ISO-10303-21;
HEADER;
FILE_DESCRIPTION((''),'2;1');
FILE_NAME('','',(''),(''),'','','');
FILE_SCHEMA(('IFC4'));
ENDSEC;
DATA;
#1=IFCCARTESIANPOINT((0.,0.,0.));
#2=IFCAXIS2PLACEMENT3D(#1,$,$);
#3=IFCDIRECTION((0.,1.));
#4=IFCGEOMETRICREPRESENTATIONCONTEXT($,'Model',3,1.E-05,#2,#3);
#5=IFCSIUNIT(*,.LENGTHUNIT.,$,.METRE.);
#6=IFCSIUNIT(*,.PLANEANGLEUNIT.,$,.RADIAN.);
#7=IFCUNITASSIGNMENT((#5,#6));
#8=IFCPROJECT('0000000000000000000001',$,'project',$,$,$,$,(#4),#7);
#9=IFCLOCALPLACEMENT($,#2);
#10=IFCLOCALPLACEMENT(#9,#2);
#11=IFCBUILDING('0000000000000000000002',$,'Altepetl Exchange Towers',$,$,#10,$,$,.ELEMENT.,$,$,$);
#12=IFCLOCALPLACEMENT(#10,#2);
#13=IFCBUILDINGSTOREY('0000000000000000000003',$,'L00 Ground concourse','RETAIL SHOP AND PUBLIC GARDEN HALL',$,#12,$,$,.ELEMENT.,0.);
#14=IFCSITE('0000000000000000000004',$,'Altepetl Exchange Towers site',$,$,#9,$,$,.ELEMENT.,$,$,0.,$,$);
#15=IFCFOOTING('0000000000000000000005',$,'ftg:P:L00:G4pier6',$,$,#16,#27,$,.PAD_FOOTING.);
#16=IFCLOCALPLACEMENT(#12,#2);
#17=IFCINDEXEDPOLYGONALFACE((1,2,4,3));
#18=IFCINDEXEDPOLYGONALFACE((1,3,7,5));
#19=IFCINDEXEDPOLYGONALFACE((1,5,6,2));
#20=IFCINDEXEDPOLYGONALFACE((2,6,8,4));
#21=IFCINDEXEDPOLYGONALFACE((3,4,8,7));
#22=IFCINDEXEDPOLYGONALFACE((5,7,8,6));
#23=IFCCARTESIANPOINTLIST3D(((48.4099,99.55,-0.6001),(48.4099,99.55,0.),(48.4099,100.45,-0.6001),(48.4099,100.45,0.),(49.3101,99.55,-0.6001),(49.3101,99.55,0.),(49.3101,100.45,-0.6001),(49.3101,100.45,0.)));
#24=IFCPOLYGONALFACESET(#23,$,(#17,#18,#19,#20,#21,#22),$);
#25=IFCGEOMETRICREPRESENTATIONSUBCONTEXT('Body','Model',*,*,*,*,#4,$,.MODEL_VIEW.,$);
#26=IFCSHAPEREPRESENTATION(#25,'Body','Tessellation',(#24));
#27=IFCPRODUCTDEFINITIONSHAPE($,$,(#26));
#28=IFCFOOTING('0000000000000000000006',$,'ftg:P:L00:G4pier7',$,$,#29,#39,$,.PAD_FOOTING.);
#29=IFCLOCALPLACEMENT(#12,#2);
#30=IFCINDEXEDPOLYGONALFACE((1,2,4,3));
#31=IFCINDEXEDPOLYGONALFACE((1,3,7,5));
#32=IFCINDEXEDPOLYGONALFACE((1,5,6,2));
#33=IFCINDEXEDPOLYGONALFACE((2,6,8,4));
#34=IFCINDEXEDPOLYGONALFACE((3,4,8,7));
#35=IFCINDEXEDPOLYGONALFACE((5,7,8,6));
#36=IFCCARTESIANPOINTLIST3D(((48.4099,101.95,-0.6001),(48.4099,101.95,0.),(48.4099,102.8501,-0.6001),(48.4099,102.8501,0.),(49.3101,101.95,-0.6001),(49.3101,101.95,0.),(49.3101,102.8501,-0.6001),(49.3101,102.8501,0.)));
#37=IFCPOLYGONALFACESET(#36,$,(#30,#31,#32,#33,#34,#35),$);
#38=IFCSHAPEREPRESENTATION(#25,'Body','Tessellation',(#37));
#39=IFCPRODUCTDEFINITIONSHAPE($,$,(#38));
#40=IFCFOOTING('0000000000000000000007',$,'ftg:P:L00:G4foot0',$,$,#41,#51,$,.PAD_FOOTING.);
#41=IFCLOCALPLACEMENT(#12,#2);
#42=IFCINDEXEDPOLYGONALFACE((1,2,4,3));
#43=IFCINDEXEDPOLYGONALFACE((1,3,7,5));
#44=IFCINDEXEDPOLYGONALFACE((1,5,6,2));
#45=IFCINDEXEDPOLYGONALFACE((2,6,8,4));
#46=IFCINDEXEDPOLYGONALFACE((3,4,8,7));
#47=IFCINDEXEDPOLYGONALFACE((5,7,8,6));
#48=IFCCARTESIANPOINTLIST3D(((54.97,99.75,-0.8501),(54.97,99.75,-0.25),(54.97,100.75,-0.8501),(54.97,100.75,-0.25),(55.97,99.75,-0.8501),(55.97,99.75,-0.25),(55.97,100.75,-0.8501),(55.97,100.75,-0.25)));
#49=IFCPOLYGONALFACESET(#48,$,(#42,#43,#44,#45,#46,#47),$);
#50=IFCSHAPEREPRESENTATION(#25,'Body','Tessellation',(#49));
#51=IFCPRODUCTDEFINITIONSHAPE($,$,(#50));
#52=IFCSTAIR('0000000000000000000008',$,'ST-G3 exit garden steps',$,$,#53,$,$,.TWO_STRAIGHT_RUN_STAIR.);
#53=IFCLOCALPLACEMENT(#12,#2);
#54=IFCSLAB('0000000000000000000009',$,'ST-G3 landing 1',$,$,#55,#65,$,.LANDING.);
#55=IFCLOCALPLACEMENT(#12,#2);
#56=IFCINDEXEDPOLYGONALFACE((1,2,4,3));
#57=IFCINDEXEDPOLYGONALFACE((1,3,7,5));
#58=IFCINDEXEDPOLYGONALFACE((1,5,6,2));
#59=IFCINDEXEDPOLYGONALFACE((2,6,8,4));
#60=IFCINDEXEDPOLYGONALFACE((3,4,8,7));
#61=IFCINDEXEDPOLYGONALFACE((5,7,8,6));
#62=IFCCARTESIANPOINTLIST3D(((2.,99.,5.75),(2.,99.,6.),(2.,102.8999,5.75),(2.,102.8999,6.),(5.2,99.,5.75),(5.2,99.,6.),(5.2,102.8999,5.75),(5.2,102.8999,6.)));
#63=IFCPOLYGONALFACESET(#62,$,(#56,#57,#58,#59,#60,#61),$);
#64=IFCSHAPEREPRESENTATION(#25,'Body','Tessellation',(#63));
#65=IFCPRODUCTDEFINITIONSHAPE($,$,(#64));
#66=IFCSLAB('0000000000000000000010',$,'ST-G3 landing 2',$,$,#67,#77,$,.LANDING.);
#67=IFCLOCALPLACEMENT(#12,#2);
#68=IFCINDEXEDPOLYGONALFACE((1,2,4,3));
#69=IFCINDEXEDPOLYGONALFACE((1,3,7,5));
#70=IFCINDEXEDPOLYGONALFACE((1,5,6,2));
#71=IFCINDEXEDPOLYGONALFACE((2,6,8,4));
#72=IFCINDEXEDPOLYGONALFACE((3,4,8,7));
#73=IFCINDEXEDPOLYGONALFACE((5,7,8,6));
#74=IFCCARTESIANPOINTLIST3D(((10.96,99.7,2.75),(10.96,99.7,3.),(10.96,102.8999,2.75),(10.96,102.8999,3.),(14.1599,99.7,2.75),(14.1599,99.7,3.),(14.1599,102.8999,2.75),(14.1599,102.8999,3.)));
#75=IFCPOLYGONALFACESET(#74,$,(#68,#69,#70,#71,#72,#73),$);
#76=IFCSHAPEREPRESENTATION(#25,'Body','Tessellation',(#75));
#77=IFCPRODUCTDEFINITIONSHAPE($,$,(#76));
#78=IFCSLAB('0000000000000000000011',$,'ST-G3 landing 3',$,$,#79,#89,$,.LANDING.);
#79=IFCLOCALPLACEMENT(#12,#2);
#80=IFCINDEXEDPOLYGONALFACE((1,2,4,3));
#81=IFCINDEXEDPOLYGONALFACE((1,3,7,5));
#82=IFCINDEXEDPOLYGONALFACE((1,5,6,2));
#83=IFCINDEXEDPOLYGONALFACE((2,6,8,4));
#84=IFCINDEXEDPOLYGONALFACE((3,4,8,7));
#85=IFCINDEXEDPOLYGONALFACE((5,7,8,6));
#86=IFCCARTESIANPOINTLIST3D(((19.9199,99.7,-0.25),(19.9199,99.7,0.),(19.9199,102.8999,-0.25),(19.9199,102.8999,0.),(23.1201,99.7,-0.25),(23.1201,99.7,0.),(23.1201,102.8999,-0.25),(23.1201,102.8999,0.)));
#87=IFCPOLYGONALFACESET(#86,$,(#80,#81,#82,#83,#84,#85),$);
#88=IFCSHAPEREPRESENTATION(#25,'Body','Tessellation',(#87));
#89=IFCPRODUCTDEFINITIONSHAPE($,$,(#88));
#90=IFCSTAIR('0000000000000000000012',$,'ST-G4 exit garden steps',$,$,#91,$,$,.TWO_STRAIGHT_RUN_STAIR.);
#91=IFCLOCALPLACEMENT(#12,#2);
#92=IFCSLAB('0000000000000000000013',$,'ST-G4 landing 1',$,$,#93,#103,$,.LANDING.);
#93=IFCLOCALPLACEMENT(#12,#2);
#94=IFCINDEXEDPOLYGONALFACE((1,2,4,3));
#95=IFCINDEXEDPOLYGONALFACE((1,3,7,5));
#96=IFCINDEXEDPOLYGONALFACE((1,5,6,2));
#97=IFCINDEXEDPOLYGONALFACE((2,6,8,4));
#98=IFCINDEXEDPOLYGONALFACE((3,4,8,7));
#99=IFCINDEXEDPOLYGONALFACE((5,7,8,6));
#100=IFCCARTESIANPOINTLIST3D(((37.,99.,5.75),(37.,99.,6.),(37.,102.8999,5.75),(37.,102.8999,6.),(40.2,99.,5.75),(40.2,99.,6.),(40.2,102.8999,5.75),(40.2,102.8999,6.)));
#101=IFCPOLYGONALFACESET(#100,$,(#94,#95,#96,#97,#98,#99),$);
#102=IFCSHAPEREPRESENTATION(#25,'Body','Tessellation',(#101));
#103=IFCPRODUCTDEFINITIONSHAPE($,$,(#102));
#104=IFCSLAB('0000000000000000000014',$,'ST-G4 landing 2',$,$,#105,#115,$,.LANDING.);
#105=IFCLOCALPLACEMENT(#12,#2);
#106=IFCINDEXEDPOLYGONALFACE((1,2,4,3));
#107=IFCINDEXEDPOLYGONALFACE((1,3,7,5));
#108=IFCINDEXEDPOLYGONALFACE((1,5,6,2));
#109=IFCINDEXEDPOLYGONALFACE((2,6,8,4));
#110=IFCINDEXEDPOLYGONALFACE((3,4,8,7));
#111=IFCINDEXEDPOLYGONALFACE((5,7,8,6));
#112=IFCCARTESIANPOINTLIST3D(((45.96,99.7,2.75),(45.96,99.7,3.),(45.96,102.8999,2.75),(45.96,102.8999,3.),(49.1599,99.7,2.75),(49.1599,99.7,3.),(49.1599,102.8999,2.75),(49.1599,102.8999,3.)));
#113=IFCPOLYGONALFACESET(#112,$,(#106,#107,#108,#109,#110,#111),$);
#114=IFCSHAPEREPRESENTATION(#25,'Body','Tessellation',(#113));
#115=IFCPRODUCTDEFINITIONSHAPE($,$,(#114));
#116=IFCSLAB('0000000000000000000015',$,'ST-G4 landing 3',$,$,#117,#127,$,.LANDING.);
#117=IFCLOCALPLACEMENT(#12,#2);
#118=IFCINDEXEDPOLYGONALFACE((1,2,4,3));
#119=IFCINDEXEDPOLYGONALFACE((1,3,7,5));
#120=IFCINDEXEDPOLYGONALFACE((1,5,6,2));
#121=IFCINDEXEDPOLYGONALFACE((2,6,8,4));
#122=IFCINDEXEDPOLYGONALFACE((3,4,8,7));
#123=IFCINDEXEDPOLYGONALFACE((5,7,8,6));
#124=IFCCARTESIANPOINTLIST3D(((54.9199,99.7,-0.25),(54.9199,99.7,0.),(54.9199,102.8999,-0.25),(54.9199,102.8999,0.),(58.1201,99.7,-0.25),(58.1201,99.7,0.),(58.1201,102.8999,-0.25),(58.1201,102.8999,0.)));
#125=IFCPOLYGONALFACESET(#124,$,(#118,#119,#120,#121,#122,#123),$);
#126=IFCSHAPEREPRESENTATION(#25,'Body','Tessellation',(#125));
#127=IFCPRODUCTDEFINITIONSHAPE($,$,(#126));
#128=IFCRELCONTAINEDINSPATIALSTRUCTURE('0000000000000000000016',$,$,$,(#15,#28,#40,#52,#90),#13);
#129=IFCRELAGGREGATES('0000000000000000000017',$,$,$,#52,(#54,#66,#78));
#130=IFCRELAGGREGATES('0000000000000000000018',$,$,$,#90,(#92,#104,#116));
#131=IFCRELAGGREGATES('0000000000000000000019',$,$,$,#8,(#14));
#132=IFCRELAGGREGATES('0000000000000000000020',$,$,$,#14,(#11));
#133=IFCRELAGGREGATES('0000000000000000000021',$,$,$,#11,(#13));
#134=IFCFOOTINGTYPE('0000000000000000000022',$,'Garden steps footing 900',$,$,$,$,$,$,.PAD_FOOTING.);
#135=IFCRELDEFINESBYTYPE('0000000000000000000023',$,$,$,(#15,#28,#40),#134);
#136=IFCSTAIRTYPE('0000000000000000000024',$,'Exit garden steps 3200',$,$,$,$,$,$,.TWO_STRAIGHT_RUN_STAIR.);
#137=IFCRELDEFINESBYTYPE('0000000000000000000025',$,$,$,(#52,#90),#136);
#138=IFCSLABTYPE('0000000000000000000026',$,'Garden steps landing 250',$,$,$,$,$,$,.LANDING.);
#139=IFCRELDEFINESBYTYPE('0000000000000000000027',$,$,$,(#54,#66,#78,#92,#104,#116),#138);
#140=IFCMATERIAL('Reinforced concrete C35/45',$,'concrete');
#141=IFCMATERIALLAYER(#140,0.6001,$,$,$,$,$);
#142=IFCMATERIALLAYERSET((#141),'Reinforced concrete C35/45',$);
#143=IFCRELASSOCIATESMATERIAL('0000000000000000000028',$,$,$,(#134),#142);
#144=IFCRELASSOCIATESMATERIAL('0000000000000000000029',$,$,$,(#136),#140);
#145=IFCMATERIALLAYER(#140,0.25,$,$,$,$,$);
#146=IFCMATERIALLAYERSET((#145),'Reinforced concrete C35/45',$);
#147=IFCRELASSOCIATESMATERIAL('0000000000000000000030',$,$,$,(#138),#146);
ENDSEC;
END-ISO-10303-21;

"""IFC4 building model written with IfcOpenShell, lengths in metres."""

from ifc_helpers import new_model, si_unit, direction, frame, origin, place, context, subcontext, project, spatial, polyline, outline, extrude, material, layer, layer_set, type_object, element, aggregate, save


model = new_model("IFC4")

# Units and contexts
model_context = context("Model", 3, precision=1e-05, world=origin(), true_north=direction((0.0, 1.0)))
body_context = subcontext(model_context, "Body", "Model", "MODEL_VIEW")
ifc_project = project(units=[si_unit("LENGTHUNIT", "METRE"), si_unit("PLANEANGLEUNIT", "RADIAN")], contexts=[model_context])

# Site, building, storey
site_placement = place(None, origin())
site = spatial("IfcSite", under=ifc_project, at=site_placement, Name="Altepetl Exchange Towers site", CompositionType="ELEMENT", RefElevation=0.0)
building_placement = place(site_placement, origin())
building = spatial("IfcBuilding", under=site, at=building_placement, Name="Altepetl Exchange Towers", CompositionType="ELEMENT")
storey_placement = place(building_placement, origin())
storey = spatial("IfcBuildingStorey", under=building, at=storey_placement, Name="L00 Ground concourse", Description="RETAIL SHOP AND PUBLIC GARDEN HALL", CompositionType="ELEMENT", Elevation=0.0)

# Footings
ifc_material = material(Name="Reinforced concrete C35/45", Category="concrete")
ifc_layer_1 = layer(ifc_material, 0.6001)
ifc_layer_set_1 = layer_set([ifc_layer_1], Name="Reinforced concrete C35/45")
footing_type = type_object("IfcFootingType", Name="Garden steps footing 900", PredefinedType="PAD_FOOTING", material=ifc_layer_set_1)
footing_1_placement = place(storey_placement, frame((0.0, 0.0, -0.6001)))
element("IfcFooting", 1, at=footing_1_placement, inside=storey, type_object=footing_type, Name="ftg:P:L00:G4pier6", PredefinedType="PAD_FOOTING", context=body_context, shape_type="SweptSolid", body=[
    extrude(outline(polyline([(48.4099, 99.55), (49.3101, 99.55), (49.3101, 100.45), (48.4099, 100.45), (48.4099, 99.55)])), origin(), (0.0, 0.0, 1.0), 0.6001),
])
footing_2_placement = place(storey_placement, frame((0.0, 0.0, -0.6001)))
element("IfcFooting", 2, at=footing_2_placement, inside=storey, type_object=footing_type, Name="ftg:P:L00:G4pier7", PredefinedType="PAD_FOOTING", context=body_context, shape_type="SweptSolid", body=[
    extrude(outline(polyline([(48.4099, 101.95), (49.3101, 101.95), (49.3101, 102.8501), (48.4099, 102.8501), (48.4099, 101.95)])), origin(), (0.0, 0.0, 1.0), 0.6001),
])
footing_3_placement = place(storey_placement, frame((0.0, 0.0, -0.8501)))
element("IfcFooting", 3, at=footing_3_placement, inside=storey, type_object=footing_type, Name="ftg:P:L00:G4foot0", PredefinedType="PAD_FOOTING", context=body_context, shape_type="SweptSolid", body=[
    extrude(outline(polyline([(54.97, 99.75), (55.97, 99.75), (55.97, 100.75), (54.97, 100.75), (54.97, 99.75)])), origin(), (0.0, 0.0, 1.0), 0.6001),
])

# Stairs, slabs
stair_type = type_object("IfcStairType", Name="Exit garden steps 3200", PredefinedType="TWO_STRAIGHT_RUN_STAIR", material=ifc_material)
stair_1_placement = place(storey_placement, origin())
stair_1 = element("IfcStair", 4, at=stair_1_placement, inside=storey, type_object=stair_type, Name="ST-G3 exit garden steps", PredefinedType="TWO_STRAIGHT_RUN_STAIR")
ifc_layer_2 = layer(ifc_material, 0.25)
ifc_layer_set_2 = layer_set([ifc_layer_2], Name="Reinforced concrete C35/45")
slab_type = type_object("IfcSlabType", Name="Garden steps landing 250", PredefinedType="LANDING", material=ifc_layer_set_2)
slab_1_placement = place(storey_placement, frame((0.0, 0.0, 5.75)))
slab_1 = element("IfcSlab", 5, at=slab_1_placement, type_object=slab_type, Name="ST-G3 landing 1", PredefinedType="LANDING", context=body_context, shape_type="SweptSolid", body=[
    extrude(outline(polyline([(2.0, 99.0), (5.2, 99.0), (5.2, 102.8999), (2.0, 102.8999), (2.0, 99.0)])), origin(), (0.0, 0.0, 1.0), 0.25),
])
slab_2_placement = place(storey_placement, frame((0.0, 0.0, 2.75)))
slab_2 = element("IfcSlab", 6, at=slab_2_placement, type_object=slab_type, Name="ST-G3 landing 2", PredefinedType="LANDING", context=body_context, shape_type="SweptSolid", body=[
    extrude(outline(polyline([(10.96, 99.7), (14.1599, 99.7), (14.1599, 102.8999), (10.96, 102.8999), (10.96, 99.7)])), origin(), (0.0, 0.0, 1.0), 0.25),
])
slab_3_placement = place(storey_placement, frame((0.0, 0.0, -0.25)))
slab_3 = element("IfcSlab", 7, at=slab_3_placement, type_object=slab_type, Name="ST-G3 landing 3", PredefinedType="LANDING", context=body_context, shape_type="SweptSolid", body=[
    extrude(outline(polyline([(19.9199, 99.7), (23.1201, 99.7), (23.1201, 102.8999), (19.9199, 102.8999), (19.9199, 99.7)])), origin(), (0.0, 0.0, 1.0), 0.25),
])
aggregate(stair_1, [slab_1, slab_2, slab_3])
stair_2_placement = place(storey_placement, origin())
stair_2 = element("IfcStair", 8, at=stair_2_placement, inside=storey, type_object=stair_type, Name="ST-G4 exit garden steps", PredefinedType="TWO_STRAIGHT_RUN_STAIR")
slab_4_placement = place(storey_placement, frame((0.0, 0.0, 5.75)))
slab_4 = element("IfcSlab", 9, at=slab_4_placement, type_object=slab_type, Name="ST-G4 landing 1", PredefinedType="LANDING", context=body_context, shape_type="SweptSolid", body=[
    extrude(outline(polyline([(37.0, 99.0), (40.2, 99.0), (40.2, 102.8999), (37.0, 102.8999), (37.0, 99.0)])), origin(), (0.0, 0.0, 1.0), 0.25),
])
slab_5_placement = place(storey_placement, frame((0.0, 0.0, 2.75)))
slab_5 = element("IfcSlab", 10, at=slab_5_placement, type_object=slab_type, Name="ST-G4 landing 2", PredefinedType="LANDING", context=body_context, shape_type="SweptSolid", body=[
    extrude(outline(polyline([(45.96, 99.7), (49.1599, 99.7), (49.1599, 102.8999), (45.96, 102.8999), (45.96, 99.7)])), origin(), (0.0, 0.0, 1.0), 0.25),
])
slab_6_placement = place(storey_placement, frame((0.0, 0.0, -0.25)))
slab_6 = element("IfcSlab", 11, at=slab_6_placement, type_object=slab_type, Name="ST-G4 landing 3", PredefinedType="LANDING", context=body_context, shape_type="SweptSolid", body=[
    extrude(outline(polyline([(54.9199, 99.7), (58.1201, 99.7), (58.1201, 102.8999), (54.9199, 102.8999), (54.9199, 99.7)])), origin(), (0.0, 0.0, 1.0), 0.25),
])
aggregate(stair_2, [slab_4, slab_5, slab_6])

save(model, "model.ifc")
